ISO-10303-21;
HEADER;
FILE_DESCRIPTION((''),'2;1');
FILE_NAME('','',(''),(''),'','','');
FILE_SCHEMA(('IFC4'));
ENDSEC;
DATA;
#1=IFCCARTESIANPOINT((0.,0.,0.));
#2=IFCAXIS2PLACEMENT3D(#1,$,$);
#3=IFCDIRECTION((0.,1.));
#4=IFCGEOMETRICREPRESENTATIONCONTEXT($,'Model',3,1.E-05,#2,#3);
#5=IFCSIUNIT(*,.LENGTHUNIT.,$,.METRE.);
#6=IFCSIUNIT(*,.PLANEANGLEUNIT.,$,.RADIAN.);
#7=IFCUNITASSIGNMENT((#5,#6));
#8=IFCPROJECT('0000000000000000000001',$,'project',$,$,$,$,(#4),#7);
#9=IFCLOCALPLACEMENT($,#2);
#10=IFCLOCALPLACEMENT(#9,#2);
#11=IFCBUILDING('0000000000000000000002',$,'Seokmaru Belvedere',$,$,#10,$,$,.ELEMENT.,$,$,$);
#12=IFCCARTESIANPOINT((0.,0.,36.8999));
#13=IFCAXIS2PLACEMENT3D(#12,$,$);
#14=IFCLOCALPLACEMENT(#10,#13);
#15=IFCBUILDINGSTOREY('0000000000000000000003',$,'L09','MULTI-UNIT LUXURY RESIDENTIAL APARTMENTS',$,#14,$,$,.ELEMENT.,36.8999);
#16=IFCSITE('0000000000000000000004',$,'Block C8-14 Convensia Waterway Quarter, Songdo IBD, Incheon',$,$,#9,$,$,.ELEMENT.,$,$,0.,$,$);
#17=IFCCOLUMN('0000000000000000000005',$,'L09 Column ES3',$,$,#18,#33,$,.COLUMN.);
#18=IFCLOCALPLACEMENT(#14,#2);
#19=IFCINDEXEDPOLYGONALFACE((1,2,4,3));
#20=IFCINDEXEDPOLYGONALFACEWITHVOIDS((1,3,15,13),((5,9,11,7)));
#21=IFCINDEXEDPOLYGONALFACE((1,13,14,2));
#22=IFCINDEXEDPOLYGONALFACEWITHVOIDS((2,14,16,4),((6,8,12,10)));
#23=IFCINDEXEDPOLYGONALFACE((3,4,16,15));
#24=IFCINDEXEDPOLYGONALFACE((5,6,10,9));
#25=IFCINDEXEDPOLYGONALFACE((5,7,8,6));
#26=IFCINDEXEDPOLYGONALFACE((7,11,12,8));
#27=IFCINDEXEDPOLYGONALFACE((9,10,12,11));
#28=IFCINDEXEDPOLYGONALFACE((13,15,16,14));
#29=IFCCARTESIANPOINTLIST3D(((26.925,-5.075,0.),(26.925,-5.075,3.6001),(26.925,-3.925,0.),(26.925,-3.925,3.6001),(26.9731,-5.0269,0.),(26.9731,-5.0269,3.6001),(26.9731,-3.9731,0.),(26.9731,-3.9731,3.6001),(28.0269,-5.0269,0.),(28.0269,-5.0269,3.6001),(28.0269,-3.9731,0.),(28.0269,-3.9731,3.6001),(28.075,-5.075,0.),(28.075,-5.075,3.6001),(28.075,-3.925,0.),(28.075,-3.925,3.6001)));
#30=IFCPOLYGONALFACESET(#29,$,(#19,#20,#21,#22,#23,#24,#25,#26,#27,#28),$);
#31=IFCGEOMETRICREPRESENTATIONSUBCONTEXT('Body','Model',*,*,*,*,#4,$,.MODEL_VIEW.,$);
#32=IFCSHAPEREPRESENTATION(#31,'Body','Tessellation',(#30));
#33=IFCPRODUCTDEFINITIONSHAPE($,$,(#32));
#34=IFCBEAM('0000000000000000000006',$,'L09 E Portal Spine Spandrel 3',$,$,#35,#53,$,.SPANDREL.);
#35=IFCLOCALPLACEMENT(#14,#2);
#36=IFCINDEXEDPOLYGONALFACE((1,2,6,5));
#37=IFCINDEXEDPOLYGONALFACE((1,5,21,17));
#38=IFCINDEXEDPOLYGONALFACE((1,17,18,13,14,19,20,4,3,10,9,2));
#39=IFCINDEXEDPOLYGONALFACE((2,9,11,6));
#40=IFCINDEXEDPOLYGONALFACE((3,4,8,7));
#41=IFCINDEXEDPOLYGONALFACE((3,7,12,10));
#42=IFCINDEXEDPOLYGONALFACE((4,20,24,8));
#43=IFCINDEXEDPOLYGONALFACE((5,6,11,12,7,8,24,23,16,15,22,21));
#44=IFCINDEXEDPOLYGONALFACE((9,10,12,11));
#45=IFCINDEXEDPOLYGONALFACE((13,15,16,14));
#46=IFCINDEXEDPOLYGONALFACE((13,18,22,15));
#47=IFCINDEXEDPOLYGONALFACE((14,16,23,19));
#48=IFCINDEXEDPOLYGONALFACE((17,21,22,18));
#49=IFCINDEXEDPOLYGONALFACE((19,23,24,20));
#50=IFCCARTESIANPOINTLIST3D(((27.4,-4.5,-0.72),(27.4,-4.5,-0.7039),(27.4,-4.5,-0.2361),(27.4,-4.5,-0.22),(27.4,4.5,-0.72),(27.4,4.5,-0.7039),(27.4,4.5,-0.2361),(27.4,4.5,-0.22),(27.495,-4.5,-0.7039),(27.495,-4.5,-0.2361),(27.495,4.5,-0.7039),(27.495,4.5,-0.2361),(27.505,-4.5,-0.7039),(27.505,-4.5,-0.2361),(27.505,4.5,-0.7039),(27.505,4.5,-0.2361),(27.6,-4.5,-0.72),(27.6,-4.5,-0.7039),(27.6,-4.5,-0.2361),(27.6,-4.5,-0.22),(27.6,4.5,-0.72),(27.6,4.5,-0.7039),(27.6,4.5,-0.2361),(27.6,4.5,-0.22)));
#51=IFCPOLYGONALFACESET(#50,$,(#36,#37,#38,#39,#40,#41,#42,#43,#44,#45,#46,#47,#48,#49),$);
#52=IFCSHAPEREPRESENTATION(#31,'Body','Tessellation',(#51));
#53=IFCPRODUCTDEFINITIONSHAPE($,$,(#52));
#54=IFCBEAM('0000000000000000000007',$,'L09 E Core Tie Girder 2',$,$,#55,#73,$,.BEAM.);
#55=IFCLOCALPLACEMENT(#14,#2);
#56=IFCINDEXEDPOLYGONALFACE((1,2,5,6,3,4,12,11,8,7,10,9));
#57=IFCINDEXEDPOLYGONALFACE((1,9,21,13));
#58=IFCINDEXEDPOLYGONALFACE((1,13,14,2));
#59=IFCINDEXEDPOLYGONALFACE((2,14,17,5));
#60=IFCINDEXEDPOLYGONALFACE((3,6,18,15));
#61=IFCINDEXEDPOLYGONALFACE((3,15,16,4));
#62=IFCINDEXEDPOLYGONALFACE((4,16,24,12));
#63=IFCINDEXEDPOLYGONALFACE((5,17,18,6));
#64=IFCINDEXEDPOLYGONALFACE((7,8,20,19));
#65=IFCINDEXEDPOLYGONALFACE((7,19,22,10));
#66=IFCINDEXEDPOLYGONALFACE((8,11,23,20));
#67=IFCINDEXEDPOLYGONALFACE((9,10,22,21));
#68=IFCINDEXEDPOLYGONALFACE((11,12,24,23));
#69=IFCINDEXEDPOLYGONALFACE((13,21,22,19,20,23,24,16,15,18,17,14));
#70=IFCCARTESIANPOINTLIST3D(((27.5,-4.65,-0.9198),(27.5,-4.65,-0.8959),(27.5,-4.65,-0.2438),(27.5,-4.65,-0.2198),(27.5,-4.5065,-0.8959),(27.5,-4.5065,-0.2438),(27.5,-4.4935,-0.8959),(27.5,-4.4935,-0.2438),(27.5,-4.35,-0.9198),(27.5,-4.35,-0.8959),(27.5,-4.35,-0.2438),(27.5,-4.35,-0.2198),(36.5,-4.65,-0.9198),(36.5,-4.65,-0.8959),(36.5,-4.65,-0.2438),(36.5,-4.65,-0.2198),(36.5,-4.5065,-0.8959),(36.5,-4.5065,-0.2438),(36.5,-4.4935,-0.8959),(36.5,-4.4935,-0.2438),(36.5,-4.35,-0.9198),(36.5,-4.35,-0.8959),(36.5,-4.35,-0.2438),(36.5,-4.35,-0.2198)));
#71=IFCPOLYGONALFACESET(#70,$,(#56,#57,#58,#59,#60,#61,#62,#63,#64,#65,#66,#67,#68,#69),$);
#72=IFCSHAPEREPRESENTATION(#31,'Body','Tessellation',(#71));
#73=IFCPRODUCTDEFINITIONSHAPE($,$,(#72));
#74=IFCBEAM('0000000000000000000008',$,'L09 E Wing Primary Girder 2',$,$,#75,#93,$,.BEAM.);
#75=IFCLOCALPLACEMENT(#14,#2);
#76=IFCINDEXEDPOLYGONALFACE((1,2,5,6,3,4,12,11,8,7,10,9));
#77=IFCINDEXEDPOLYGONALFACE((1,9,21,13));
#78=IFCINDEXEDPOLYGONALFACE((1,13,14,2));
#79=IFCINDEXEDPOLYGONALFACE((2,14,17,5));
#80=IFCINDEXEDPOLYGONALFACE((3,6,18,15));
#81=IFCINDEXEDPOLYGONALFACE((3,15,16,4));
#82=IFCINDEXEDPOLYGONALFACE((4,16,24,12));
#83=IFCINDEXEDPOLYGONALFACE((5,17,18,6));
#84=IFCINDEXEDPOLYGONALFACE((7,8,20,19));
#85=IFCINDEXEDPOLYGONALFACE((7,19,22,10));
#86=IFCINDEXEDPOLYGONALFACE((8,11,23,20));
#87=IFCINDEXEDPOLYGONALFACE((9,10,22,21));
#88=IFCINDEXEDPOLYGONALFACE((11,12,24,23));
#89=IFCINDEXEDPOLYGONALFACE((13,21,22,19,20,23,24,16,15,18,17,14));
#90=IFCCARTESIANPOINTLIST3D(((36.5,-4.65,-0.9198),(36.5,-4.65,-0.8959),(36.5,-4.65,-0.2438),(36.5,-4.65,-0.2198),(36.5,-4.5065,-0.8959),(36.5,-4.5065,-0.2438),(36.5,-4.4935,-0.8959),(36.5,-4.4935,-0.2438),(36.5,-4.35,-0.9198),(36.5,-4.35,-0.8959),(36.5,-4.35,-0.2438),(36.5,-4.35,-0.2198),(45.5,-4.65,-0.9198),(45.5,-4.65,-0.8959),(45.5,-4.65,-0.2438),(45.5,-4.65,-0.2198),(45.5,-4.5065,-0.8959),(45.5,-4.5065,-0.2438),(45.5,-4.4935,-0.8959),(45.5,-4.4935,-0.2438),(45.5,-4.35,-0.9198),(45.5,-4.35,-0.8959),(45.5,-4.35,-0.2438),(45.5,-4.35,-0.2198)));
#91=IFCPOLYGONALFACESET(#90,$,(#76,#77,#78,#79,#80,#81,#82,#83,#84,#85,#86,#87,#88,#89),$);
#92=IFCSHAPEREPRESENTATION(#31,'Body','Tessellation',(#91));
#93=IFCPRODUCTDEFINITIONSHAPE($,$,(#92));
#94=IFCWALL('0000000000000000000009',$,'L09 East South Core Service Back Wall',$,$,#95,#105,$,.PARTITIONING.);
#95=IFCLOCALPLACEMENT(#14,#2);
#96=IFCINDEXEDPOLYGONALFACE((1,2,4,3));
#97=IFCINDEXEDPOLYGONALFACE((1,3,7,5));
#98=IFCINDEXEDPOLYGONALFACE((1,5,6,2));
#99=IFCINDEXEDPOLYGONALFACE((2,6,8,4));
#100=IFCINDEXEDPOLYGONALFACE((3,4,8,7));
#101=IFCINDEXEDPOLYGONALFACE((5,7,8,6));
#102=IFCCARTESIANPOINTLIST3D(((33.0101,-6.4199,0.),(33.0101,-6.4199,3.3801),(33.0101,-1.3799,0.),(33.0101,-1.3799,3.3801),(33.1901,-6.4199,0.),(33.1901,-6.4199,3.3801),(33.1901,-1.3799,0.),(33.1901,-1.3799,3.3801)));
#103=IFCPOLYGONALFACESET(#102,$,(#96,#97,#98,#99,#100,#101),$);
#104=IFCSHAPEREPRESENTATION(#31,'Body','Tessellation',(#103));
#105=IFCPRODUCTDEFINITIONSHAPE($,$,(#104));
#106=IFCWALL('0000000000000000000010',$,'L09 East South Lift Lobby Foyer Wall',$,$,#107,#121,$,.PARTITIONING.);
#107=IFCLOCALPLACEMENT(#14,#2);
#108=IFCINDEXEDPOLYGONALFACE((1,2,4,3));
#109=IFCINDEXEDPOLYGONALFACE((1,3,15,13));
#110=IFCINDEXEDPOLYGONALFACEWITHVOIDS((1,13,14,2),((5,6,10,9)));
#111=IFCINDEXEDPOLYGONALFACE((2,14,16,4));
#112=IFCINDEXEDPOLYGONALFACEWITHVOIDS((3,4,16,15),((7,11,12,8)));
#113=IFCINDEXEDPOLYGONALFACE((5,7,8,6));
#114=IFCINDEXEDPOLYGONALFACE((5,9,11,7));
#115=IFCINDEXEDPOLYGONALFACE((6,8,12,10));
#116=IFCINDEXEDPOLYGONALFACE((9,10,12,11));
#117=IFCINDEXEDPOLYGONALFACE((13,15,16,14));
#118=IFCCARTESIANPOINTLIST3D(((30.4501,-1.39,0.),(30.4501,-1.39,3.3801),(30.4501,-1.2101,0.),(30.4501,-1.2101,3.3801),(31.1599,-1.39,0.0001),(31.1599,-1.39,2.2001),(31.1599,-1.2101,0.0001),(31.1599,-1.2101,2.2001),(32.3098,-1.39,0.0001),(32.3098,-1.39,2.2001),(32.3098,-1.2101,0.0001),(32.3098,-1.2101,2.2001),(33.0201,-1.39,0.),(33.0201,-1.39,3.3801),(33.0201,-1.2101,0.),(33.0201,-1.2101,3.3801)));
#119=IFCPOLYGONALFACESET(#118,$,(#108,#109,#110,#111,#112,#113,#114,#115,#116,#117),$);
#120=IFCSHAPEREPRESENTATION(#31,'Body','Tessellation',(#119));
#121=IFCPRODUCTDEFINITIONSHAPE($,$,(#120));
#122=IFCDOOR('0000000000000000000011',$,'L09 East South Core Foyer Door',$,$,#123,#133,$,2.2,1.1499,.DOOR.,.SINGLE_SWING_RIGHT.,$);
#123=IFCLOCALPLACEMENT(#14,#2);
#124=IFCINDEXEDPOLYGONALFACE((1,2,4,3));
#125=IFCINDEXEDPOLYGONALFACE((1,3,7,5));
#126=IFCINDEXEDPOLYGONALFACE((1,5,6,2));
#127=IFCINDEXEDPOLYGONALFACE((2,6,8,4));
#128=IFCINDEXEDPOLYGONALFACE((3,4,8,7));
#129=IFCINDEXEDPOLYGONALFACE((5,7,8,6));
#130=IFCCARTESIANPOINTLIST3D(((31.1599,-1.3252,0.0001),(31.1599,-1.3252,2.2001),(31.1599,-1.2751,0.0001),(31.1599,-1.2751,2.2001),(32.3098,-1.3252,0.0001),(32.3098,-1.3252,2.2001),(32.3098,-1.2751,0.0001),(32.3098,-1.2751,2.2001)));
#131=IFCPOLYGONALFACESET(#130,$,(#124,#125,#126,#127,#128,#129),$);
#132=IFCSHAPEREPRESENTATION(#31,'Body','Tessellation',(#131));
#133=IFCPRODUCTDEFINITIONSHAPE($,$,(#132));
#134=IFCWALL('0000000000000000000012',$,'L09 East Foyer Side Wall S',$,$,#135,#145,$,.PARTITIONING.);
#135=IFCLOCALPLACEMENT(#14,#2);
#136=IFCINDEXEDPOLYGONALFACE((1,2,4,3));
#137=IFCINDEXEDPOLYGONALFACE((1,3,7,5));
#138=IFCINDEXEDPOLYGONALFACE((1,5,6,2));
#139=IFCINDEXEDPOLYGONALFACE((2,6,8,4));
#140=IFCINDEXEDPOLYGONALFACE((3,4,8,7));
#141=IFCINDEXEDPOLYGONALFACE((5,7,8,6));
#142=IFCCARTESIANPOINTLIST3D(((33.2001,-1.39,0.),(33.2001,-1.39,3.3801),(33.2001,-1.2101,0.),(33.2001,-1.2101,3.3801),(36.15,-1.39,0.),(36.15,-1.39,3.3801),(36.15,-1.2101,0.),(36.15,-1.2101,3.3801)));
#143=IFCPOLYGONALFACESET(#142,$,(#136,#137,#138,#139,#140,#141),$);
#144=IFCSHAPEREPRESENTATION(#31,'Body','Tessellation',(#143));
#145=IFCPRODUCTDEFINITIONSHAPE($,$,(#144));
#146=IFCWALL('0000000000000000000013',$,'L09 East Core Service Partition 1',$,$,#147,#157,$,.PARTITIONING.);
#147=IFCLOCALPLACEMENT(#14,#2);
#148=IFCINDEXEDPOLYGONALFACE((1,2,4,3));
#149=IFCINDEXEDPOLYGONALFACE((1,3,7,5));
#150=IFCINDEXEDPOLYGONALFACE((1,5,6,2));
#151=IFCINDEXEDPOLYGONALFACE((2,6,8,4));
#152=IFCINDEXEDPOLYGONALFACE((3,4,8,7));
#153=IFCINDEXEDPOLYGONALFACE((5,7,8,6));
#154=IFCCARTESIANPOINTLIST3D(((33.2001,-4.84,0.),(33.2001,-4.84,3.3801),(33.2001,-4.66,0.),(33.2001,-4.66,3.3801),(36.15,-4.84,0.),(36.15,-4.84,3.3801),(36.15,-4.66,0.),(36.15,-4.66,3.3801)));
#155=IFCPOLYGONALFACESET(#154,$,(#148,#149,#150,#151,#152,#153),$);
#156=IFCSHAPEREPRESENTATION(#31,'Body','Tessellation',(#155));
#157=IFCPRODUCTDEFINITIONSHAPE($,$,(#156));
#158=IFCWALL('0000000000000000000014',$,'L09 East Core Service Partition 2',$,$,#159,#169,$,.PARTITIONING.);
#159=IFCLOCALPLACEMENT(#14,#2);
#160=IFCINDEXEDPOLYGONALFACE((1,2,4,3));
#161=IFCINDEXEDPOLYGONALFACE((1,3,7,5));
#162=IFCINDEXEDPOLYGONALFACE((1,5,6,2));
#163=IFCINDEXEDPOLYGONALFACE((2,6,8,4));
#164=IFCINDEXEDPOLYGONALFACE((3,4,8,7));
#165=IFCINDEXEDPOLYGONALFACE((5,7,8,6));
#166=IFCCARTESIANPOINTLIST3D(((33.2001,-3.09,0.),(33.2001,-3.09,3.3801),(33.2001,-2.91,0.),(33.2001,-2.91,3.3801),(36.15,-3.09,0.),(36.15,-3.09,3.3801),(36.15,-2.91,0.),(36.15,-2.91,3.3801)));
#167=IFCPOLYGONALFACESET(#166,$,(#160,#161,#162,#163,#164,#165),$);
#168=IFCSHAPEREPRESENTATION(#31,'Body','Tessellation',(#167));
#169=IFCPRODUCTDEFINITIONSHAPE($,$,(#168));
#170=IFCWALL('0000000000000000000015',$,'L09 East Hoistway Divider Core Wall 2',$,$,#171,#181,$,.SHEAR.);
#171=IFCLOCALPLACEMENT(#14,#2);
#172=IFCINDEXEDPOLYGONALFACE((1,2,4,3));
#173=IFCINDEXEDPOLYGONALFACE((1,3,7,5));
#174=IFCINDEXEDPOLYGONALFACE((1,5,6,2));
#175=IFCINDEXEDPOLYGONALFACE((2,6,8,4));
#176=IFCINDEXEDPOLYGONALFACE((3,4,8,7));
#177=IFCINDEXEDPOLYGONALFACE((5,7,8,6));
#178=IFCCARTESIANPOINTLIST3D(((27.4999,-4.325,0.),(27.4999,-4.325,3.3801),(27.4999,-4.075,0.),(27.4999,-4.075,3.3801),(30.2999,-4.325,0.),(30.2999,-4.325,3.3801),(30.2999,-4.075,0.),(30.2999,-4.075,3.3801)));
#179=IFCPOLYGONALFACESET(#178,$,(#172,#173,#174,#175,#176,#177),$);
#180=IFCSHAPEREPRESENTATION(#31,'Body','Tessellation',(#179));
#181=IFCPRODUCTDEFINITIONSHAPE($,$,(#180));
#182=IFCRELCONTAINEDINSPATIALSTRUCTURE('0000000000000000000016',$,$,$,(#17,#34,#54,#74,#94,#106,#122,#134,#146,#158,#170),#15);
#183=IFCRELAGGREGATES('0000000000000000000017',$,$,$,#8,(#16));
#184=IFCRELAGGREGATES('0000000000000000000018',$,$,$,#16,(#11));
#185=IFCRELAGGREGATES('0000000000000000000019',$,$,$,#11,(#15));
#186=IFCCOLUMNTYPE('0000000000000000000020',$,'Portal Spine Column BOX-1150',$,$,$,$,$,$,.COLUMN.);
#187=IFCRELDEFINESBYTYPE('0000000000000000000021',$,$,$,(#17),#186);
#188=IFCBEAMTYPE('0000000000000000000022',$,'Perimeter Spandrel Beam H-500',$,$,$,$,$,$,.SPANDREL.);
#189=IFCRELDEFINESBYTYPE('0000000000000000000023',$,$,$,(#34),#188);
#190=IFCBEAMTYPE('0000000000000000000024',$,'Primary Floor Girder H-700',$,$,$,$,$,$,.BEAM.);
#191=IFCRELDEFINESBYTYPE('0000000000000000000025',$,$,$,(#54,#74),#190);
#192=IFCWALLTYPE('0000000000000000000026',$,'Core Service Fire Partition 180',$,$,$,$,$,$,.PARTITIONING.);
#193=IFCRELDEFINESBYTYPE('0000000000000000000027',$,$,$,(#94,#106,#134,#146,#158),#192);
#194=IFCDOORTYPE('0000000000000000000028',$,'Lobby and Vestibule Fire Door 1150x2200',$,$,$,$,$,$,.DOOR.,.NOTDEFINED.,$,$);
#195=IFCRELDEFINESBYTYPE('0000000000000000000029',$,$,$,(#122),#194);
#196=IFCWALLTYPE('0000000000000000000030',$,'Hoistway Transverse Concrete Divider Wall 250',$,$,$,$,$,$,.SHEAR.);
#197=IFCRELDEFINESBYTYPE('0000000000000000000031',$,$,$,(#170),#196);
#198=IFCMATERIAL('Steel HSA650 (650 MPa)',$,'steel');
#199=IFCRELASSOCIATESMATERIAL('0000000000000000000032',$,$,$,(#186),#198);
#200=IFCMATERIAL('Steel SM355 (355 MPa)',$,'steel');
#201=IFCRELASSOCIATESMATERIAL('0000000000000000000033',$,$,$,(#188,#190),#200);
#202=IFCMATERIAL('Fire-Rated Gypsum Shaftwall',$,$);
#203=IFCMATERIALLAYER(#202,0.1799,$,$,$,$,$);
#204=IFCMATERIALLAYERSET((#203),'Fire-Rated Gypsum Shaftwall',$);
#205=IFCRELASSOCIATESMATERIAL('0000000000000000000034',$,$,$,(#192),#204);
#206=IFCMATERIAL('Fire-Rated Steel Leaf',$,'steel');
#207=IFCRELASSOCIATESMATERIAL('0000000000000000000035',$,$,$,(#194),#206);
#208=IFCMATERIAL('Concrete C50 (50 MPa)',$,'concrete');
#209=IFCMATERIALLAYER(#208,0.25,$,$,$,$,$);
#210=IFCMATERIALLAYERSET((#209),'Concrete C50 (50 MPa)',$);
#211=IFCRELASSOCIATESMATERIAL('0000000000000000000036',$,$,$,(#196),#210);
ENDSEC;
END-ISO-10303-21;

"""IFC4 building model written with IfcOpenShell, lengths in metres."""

from ifc_helpers import new_model, si_unit, direction, frame, frame_2d, origin, origin_2d, place, context, subcontext, project, spatial, rectangle, hollow_rectangle, i_section, extrude, source, transform, mapped, material, layer, layer_set, material_profile, profile_set, type_object, type_shapes, element, fill, save


model = new_model("IFC4")

# Units and contexts
model_context = context("Model", 3, precision=1e-05, world=origin(), true_north=direction((0.0, 1.0)))
body_context = subcontext(model_context, "Body", "Model", "MODEL_VIEW")
ifc_project = project(units=[si_unit("LENGTHUNIT", "METRE"), si_unit("PLANEANGLEUNIT", "RADIAN")], contexts=[model_context])

# Site, building, storey
site_placement = place(None, origin())
site = spatial("IfcSite", under=ifc_project, at=site_placement, Name="Block C8-14 Convensia Waterway Quarter, Songdo IBD, Incheon", CompositionType="ELEMENT", RefElevation=0.0)
building_placement = place(site_placement, origin())
building = spatial("IfcBuilding", under=site, at=building_placement, Name="Seokmaru Belvedere", CompositionType="ELEMENT")
storey_placement = place(building_placement, frame((0.0, 0.0, 36.8999)))
storey = spatial("IfcBuildingStorey", under=building, at=storey_placement, Name="L09", Description="MULTI-UNIT LUXURY RESIDENTIAL APARTMENTS", CompositionType="ELEMENT", Elevation=36.8999)

# Column
ifc_material_1 = material(Name="Steel HSA650 (650 MPa)", Category="steel")
ifc_material_profile_1 = material_profile(ifc_material_1, hollow_rectangle(XDim=1.1499, YDim=1.1499, WallThickness=0.0481, at=origin_2d()), Name="BOX-1150x1150x48")
ifc_profile_set_1 = profile_set([ifc_material_profile_1], Name="Steel HSA650 (650 MPa)")
column_type = type_object("IfcColumnType", Name="Portal Spine Column BOX-1150", PredefinedType="COLUMN", material=ifc_profile_set_1)
shared_shape_1 = source(origin(), body_context, "Body", "SweptSolid", [
    extrude(hollow_rectangle(XDim=1.1499, YDim=1.1499, WallThickness=0.0481, at=origin_2d()), origin(), (0.0, 0.0, 1.0), 3.6001),
])
type_shapes(column_type, [shared_shape_1])
column_placement = place(storey_placement, frame((27.5, -4.5, 0.0), z_axis=(0.0, 0.0, 1.0), x_axis=(1.0, 0.0, 0.0)))
element("IfcColumn", 1, at=column_placement, inside=storey, type_object=column_type, Name="L09 Column ES3", PredefinedType="COLUMN", context=body_context, shape_type="MappedRepresentation", body=[
    mapped(shared_shape_1, transform((0.0, 0.0, 0.0), scale=1.0)),
])

# Beams
ifc_material_2 = material(Name="Steel SM355 (355 MPa)", Category="steel")
ifc_material_profile_2 = material_profile(ifc_material_2, i_section(OverallWidth=0.2, OverallDepth=0.5, WebThickness=0.01, FlangeThickness=0.0161, at=origin_2d()), Name="H-500x200x10x16")
ifc_profile_set_2 = profile_set([ifc_material_profile_2], Name="Steel SM355 (355 MPa)")
beam_type_1 = type_object("IfcBeamType", Name="Perimeter Spandrel Beam H-500", PredefinedType="SPANDREL", material=ifc_profile_set_2)
shared_shape_2 = source(origin(), body_context, "Body", "SweptSolid", [
    extrude(i_section(OverallWidth=0.2, OverallDepth=0.5, WebThickness=0.01, FlangeThickness=0.0161, at=origin_2d()), origin(), (0.0, 0.0, 1.0), 9.0),
])
type_shapes(beam_type_1, [shared_shape_2])
beam_placement = place(storey_placement, frame((27.5, -4.5, -0.47), z_axis=(0.0, 1.0, 0.0), x_axis=(-1.0, 0.0, 0.0)))
element("IfcBeam", 2, at=beam_placement, inside=storey, type_object=beam_type_1, Name="L09 E Portal Spine Spandrel 3", PredefinedType="SPANDREL", context=body_context, shape_type="MappedRepresentation", body=[
    mapped(shared_shape_2, transform((0.0, 0.0, 0.0), scale=1.0)),
])
ifc_material_profile_3 = material_profile(ifc_material_2, i_section(OverallWidth=0.3, OverallDepth=0.7, WebThickness=0.0129, FlangeThickness=0.0239, at=origin_2d()), Name="H-700x300x13x24")
ifc_profile_set_3 = profile_set([ifc_material_profile_3], Name="Steel SM355 (355 MPa)")
beam_type_2 = type_object("IfcBeamType", Name="Primary Floor Girder H-700", PredefinedType="BEAM", material=ifc_profile_set_3)
shared_shape_3 = source(origin(), body_context, "Body", "SweptSolid", [
    extrude(i_section(OverallWidth=0.3, OverallDepth=0.7, WebThickness=0.0129, FlangeThickness=0.0239, at=origin_2d()), origin(), (0.0, 0.0, 1.0), 9.0),
])
type_shapes(beam_type_2, [shared_shape_3])
for number, where, z_axis, x_axis, name in (
    (3, (27.5, -4.5, -0.5698), (1.0, 0.0, 0.0), (0.0, 1.0, 0.0), "L09 E Core Tie Girder 2"),
    (4, (36.5, -4.5, -0.5698), (1.0, 0.0, 0.0), (0.0, 1.0, 0.0), "L09 E Wing Primary Girder 2"),
):
    element("IfcBeam", number, at=place(storey_placement, frame(where, z_axis=z_axis, x_axis=x_axis)), inside=storey, type_object=beam_type_2, Name=name, PredefinedType="BEAM", context=body_context, shape_type="MappedRepresentation", body=[
        mapped(shared_shape_3, transform((0.0, 0.0, 0.0), scale=1.0)),
    ])

# Wall
ifc_material_3 = material(Name="Fire-Rated Gypsum Shaftwall")
ifc_layer_1 = layer(ifc_material_3, 0.1799)
ifc_layer_set_1 = layer_set([ifc_layer_1], Name="Fire-Rated Gypsum Shaftwall")
wall_type_1 = type_object("IfcWallType", Name="Core Service Fire Partition 180", PredefinedType="PARTITIONING", material=ifc_layer_set_1)
wall_1_placement = place(storey_placement, frame((33.1001, -6.4199, 0.0), z_axis=(0.0, 0.0, 1.0), x_axis=(0.0, 1.0, 0.0)))
element("IfcWall", 5, at=wall_1_placement, inside=storey, type_object=wall_type_1, Name="L09 East South Core Service Back Wall", PredefinedType="PARTITIONING", context=body_context, shape_type="SweptSolid", body=[
    extrude(rectangle(XDim=5.04, YDim=0.1799, at=frame_2d((2.52, 0.0))), origin(), (0.0, 0.0, 1.0), 3.3801),
])

# Wall, opening, door
wall_2_placement = place(storey_placement, frame((30.45, -1.3, 0.0), z_axis=(0.0, 0.0, 1.0), x_axis=(1.0, 0.0, 0.0)))
wall_2 = element("IfcWall", 6, at=wall_2_placement, inside=storey, type_object=wall_type_1, Name="L09 East South Lift Lobby Foyer Wall", PredefinedType="PARTITIONING", context=body_context, shape_type="SweptSolid", body=[
    extrude(rectangle(XDim=2.5701, YDim=0.1799, at=frame_2d((1.2852, 0.0))), origin(), (0.0, 0.0, 1.0), 3.3801),
])
opening_1_placement = place(wall_2_placement, frame((0.71, 0.0, 0.0)))
opening_1 = element("IfcOpeningElement", 7, at=opening_1_placement, cuts=wall_2, PredefinedType="OPENING", context=body_context, shape_type="SweptSolid", body=[
    extrude(rectangle(XDim=1.1499, YDim=2.2, at=frame_2d((0.575, 1.1001))), frame((0.0, 0.1001, 0.0), z_axis=(0.0, -1.0, 0.0), x_axis=(1.0, 0.0, 0.0)), (0.0, 0.0, 1.0), 0.2),
])
ifc_material_4 = material(Name="Fire-Rated Steel Leaf", Category="steel")
door_type_1 = type_object("IfcDoorType", Name="Lobby and Vestibule Fire Door 1150x2200", OperationType="NOTDEFINED", PredefinedType="DOOR", material=ifc_material_4)
shared_shape_4 = source(origin(), body_context, "Body", "SweptSolid", [
    extrude(rectangle(XDim=1.1499, YDim=2.2, at=frame_2d((0.575, 1.1001))), frame((0.0, 0.0249, 0.0), z_axis=(0.0, -1.0, 0.0), x_axis=(1.0, 0.0, 0.0)), (0.0, 0.0, 1.0), 0.05),
])
type_shapes(door_type_1, [shared_shape_4])
door_1_placement = place(opening_1_placement, origin())
door_1 = element("IfcDoor", 8, at=door_1_placement, inside=storey, type_object=door_type_1, Name="L09 East South Core Foyer Door", OperationType="SINGLE_SWING_RIGHT", OverallHeight=2.2, OverallWidth=1.1499, PredefinedType="DOOR", context=body_context, shape_type="MappedRepresentation", body=[
    mapped(shared_shape_4, transform((0.0, 0.0, 0.0), scale=1.0)),
])
fill(opening_1, door_1)

# Walls
for number, where, z_axis, x_axis, name in (
    (9, (33.2, -1.3, 0.0), (0.0, 0.0, 1.0), (1.0, 0.0, 0.0), "L09 East Foyer Side Wall S"),
    (10, (33.2, -4.75, 0.0), (0.0, 0.0, 1.0), (1.0, 0.0, 0.0), "L09 East Core Service Partition 1"),
    (11, (33.2, -3.0, 0.0), (0.0, 0.0, 1.0), (1.0, 0.0, 0.0), "L09 East Core Service Partition 2"),
):
    element("IfcWall", number, at=place(storey_placement, frame(where, z_axis=z_axis, x_axis=x_axis)), inside=storey, type_object=wall_type_1, Name=name, PredefinedType="PARTITIONING", context=body_context, shape_type="SweptSolid", body=[
        extrude(rectangle(XDim=2.95, YDim=0.1799, at=frame_2d((1.4751, 0.0))), origin(), (0.0, 0.0, 1.0), 3.3801),
    ])
ifc_material_5 = material(Name="Concrete C50 (50 MPa)", Category="concrete")
ifc_layer_2 = layer(ifc_material_5, 0.25)
ifc_layer_set_2 = layer_set([ifc_layer_2], Name="Concrete C50 (50 MPa)")
wall_type_2 = type_object("IfcWallType", Name="Hoistway Transverse Concrete Divider Wall 250", PredefinedType="SHEAR", material=ifc_layer_set_2)
for number, where, z_axis, x_axis, name in (
    (12, (27.5, -4.2, 0.0), (0.0, 0.0, 1.0), (1.0, 0.0, 0.0), "L09 East Hoistway Divider Core Wall 2"),
):
    element("IfcWall", number, at=place(storey_placement, frame(where, z_axis=z_axis, x_axis=x_axis)), inside=storey, type_object=wall_type_2, Name=name, PredefinedType="SHEAR", context=body_context, shape_type="SweptSolid", body=[
        extrude(rectangle(XDim=2.8, YDim=0.25, at=frame_2d((1.3999, 0.0))), origin(), (0.0, 0.0, 1.0), 3.3801),
    ])

save(model, "model.ifc")
